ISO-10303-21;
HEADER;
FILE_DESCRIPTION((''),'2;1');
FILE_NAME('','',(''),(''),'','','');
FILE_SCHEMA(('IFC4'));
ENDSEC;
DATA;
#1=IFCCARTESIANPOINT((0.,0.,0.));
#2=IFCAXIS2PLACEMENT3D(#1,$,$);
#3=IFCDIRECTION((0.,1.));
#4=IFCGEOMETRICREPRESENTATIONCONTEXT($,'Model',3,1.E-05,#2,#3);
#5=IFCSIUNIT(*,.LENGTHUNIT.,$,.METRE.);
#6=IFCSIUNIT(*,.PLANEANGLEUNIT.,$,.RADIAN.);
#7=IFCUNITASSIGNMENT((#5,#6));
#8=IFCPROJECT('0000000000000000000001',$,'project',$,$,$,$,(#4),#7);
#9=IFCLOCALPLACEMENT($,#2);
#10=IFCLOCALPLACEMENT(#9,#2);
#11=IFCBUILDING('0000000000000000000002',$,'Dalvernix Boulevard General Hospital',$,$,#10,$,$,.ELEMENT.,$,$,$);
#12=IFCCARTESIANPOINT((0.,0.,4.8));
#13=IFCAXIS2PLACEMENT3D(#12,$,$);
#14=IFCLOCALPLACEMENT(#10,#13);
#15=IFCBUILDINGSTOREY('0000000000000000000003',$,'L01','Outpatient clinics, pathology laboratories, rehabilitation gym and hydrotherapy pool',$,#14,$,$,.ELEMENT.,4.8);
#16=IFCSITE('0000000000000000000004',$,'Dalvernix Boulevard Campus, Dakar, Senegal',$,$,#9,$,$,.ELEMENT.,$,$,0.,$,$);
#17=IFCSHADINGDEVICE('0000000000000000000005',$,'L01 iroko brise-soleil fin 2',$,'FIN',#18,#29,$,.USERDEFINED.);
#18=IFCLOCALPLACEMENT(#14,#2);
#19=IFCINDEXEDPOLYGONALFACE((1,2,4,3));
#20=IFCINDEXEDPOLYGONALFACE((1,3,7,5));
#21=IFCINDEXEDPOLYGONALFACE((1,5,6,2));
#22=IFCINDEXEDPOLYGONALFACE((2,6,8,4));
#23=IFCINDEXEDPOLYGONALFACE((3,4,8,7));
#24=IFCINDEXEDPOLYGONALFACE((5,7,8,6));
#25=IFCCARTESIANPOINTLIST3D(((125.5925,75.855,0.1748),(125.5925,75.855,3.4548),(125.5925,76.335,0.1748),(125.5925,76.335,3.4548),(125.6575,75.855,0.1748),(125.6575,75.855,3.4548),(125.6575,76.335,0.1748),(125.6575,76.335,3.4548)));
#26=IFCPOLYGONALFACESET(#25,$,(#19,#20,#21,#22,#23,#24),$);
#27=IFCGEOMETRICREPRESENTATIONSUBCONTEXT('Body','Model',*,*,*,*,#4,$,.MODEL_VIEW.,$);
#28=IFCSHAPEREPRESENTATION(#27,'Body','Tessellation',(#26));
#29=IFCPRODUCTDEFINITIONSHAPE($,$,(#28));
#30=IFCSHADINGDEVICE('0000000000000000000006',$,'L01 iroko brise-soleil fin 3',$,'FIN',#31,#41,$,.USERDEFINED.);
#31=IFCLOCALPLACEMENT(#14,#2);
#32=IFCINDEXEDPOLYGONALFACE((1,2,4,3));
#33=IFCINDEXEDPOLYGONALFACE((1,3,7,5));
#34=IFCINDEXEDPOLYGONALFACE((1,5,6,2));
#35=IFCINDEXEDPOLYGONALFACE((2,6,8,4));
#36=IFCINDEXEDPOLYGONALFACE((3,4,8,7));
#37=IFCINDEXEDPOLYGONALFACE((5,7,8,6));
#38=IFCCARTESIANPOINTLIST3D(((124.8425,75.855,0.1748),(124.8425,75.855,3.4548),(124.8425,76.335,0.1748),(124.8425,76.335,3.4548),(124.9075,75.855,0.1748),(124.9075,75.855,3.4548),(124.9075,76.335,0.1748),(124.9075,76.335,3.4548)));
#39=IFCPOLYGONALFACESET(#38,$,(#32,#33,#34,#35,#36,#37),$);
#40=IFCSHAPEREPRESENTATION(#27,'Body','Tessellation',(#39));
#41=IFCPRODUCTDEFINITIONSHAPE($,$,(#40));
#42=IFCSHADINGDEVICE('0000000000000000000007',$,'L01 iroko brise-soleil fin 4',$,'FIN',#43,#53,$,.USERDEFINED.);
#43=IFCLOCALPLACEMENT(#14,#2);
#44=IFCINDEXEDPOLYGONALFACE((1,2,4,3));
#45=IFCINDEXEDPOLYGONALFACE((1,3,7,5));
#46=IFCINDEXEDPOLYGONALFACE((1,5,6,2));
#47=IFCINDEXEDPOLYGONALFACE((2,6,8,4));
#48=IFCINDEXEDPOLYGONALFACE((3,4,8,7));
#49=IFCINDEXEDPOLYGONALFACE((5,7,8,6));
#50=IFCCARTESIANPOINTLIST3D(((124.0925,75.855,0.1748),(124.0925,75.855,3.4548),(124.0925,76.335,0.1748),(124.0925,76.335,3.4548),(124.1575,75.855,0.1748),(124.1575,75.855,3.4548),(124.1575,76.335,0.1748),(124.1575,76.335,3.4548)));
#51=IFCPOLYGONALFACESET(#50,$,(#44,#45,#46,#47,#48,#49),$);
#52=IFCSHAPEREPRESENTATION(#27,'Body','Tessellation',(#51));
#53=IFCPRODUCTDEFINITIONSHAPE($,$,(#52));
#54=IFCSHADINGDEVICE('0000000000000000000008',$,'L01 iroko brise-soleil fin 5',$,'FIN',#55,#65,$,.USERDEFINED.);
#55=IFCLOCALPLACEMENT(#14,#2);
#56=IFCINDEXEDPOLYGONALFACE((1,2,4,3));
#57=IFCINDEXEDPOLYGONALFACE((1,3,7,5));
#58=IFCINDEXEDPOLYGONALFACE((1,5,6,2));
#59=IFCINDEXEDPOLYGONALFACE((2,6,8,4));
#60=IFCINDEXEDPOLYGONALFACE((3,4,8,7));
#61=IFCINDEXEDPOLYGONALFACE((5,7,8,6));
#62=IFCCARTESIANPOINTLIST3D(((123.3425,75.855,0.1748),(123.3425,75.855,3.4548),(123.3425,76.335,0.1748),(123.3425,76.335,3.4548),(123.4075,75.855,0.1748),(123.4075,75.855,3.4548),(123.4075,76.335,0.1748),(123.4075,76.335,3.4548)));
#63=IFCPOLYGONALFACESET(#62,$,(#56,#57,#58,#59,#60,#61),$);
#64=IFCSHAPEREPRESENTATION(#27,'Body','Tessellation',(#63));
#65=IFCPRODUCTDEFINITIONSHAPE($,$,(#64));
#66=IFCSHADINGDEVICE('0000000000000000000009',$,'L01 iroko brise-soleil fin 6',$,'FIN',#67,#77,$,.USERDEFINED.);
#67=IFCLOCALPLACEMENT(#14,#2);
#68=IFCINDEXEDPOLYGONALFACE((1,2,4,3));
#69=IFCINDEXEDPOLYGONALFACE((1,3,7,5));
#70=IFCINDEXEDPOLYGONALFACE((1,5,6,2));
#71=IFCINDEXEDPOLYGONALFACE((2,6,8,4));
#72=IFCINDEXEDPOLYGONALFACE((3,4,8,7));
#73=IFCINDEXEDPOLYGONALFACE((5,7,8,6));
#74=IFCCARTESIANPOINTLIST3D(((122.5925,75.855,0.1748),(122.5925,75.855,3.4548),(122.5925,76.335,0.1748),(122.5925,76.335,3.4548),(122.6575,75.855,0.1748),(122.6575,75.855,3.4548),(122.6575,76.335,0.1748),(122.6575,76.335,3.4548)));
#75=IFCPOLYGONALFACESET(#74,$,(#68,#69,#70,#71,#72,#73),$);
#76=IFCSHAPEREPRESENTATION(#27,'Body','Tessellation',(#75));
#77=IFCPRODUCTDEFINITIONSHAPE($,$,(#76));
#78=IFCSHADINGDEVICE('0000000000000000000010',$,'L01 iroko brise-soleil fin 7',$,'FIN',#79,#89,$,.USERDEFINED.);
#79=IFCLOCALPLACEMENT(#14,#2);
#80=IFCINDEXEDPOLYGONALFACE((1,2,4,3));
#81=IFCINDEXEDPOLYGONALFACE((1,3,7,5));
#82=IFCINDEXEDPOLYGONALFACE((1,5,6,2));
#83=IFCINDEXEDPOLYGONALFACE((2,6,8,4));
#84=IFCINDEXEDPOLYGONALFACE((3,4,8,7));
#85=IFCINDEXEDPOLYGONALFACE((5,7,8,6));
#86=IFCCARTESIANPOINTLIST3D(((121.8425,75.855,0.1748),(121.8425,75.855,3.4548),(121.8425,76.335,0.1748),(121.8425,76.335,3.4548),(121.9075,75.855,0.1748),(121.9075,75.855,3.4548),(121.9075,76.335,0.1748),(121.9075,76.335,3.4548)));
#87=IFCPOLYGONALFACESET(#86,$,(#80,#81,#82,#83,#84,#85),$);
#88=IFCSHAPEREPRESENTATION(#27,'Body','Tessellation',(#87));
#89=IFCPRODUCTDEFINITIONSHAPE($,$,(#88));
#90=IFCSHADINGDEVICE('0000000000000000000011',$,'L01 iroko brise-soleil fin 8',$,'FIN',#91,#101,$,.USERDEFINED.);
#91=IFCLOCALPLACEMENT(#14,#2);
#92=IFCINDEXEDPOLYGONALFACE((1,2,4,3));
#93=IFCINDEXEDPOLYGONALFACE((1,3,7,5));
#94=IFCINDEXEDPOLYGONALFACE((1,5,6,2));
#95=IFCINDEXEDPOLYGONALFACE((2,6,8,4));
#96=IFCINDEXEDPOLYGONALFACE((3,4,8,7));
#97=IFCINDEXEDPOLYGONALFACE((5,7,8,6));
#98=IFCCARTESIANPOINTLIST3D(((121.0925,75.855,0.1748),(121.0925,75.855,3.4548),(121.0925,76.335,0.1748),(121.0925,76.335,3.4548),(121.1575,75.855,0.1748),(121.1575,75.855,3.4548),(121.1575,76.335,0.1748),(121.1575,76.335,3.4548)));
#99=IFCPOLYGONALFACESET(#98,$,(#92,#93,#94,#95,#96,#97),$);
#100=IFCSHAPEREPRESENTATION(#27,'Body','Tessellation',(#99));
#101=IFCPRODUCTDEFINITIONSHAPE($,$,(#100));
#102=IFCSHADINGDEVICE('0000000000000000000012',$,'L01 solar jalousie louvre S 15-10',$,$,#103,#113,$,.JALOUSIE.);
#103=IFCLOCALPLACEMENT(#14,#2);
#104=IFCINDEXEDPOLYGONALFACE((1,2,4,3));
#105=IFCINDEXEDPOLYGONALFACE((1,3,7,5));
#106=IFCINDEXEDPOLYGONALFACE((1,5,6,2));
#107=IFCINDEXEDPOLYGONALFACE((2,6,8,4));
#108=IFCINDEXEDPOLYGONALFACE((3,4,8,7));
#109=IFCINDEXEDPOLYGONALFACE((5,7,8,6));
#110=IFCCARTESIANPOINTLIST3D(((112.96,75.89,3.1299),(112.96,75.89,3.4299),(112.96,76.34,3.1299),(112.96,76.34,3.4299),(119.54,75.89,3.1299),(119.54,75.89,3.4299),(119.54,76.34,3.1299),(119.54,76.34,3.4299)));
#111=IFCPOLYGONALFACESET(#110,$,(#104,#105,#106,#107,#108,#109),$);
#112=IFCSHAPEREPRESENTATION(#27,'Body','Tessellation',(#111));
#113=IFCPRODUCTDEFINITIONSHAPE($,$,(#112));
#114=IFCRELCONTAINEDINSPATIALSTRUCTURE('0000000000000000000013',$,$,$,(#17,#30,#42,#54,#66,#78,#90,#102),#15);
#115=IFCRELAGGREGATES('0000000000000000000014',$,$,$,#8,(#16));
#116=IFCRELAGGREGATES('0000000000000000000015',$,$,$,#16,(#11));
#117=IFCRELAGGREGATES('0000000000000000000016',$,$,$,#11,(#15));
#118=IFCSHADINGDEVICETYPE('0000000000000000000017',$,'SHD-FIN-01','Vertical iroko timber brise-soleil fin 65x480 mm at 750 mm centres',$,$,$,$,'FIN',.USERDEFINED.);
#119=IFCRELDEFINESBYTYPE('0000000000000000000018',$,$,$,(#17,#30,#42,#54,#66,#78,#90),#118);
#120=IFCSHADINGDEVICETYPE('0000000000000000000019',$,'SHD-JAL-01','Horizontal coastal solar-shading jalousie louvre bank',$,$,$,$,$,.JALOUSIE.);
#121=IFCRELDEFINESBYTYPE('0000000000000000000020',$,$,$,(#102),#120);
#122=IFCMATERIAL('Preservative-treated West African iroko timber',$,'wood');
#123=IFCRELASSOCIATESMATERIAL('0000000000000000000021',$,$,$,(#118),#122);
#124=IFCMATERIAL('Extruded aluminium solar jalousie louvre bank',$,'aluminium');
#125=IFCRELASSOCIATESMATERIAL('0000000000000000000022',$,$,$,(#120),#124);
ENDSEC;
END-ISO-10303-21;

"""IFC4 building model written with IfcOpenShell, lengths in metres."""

from ifc_helpers import new_model, si_unit, direction, frame, origin, origin_2d, place, context, subcontext, project, spatial, rectangle, extrude, material, type_object, element, save


model = new_model("IFC4")

# Units and contexts
model_context = context("Model", 3, precision=1e-05, world=origin(), true_north=direction((0.0, 1.0)))
body_context = subcontext(model_context, "Body", "Model", "MODEL_VIEW")
ifc_project = project(units=[si_unit("LENGTHUNIT", "METRE"), si_unit("PLANEANGLEUNIT", "RADIAN")], contexts=[model_context])

# Site, building, storey
site_placement = place(None, origin())
site = spatial("IfcSite", under=ifc_project, at=site_placement, Name="Dalvernix Boulevard Campus, Dakar, Senegal", CompositionType="ELEMENT", RefElevation=0.0)
building_placement = place(site_placement, origin())
building = spatial("IfcBuilding", under=site, at=building_placement, Name="Dalvernix Boulevard General Hospital", CompositionType="ELEMENT")
storey_placement = place(building_placement, frame((0.0, 0.0, 4.8)))
storey = spatial("IfcBuildingStorey", under=building, at=storey_placement, Name="L01", Description="Outpatient clinics, pathology laboratories, rehabilitation gym and hydrotherapy pool", CompositionType="ELEMENT", Elevation=4.8)

# Shading devices
ifc_material_1 = material(Name="Preservative-treated West African iroko timber", Category="wood")
shading_device_type_1 = type_object("IfcShadingDeviceType", Name="SHD-FIN-01", Description="Vertical iroko timber brise-soleil fin 65x480 mm at 750 mm centres", ElementType="FIN", PredefinedType="USERDEFINED", material=ifc_material_1)
for number, where, z_axis, x_axis, name in (
    (1, (125.625, 76.095, 0.1748), (0.0, 0.0, 1.0), (-1.0, 0.0, 0.0), "L01 iroko brise-soleil fin 2"),
    (2, (124.875, 76.095, 0.1748), (0.0, 0.0, 1.0), (-1.0, 0.0, 0.0), "L01 iroko brise-soleil fin 3"),
    (3, (124.125, 76.095, 0.1748), (0.0, 0.0, 1.0), (-1.0, 0.0, 0.0), "L01 iroko brise-soleil fin 4"),
    (4, (123.375, 76.095, 0.1748), (0.0, 0.0, 1.0), (-1.0, 0.0, 0.0), "L01 iroko brise-soleil fin 5"),
    (5, (122.625, 76.095, 0.1748), (0.0, 0.0, 1.0), (-1.0, 0.0, 0.0), "L01 iroko brise-soleil fin 6"),
    (6, (121.875, 76.095, 0.1748), (0.0, 0.0, 1.0), (-1.0, 0.0, 0.0), "L01 iroko brise-soleil fin 7"),
    (7, (121.125, 76.095, 0.1748), (0.0, 0.0, 1.0), (-1.0, 0.0, 0.0), "L01 iroko brise-soleil fin 8"),
):
    element("IfcShadingDevice", number, at=place(storey_placement, frame(where, z_axis=z_axis, x_axis=x_axis)), inside=storey, type_object=shading_device_type_1, Name=name, ObjectType="FIN", PredefinedType="USERDEFINED", context=body_context, shape_type="SweptSolid", body=[
        extrude(rectangle(XDim=0.0649, YDim=0.48, at=origin_2d()), origin(), (0.0, 0.0, 1.0), 3.28),
    ])
ifc_material_2 = material(Name="Extruded aluminium solar jalousie louvre bank", Category="aluminium")
shading_device_type_2 = type_object("IfcShadingDeviceType", Name="SHD-JAL-01", Description="Horizontal coastal solar-shading jalousie louvre bank", PredefinedType="JALOUSIE", material=ifc_material_2)
shading_device_placement = place(storey_placement, frame((116.25, 76.115, 3.1299), z_axis=(0.0, 0.0, 1.0), x_axis=(-1.0, 0.0, 0.0)))
element("IfcShadingDevice", 8, at=shading_device_placement, inside=storey, type_object=shading_device_type_2, Name="L01 solar jalousie louvre S 15-10", PredefinedType="JALOUSIE", context=body_context, shape_type="SweptSolid", body=[
    extrude(rectangle(XDim=6.5801, YDim=0.45, at=origin_2d()), origin(), (0.0, 0.0, 1.0), 0.3),
])

save(model, "model.ifc")
